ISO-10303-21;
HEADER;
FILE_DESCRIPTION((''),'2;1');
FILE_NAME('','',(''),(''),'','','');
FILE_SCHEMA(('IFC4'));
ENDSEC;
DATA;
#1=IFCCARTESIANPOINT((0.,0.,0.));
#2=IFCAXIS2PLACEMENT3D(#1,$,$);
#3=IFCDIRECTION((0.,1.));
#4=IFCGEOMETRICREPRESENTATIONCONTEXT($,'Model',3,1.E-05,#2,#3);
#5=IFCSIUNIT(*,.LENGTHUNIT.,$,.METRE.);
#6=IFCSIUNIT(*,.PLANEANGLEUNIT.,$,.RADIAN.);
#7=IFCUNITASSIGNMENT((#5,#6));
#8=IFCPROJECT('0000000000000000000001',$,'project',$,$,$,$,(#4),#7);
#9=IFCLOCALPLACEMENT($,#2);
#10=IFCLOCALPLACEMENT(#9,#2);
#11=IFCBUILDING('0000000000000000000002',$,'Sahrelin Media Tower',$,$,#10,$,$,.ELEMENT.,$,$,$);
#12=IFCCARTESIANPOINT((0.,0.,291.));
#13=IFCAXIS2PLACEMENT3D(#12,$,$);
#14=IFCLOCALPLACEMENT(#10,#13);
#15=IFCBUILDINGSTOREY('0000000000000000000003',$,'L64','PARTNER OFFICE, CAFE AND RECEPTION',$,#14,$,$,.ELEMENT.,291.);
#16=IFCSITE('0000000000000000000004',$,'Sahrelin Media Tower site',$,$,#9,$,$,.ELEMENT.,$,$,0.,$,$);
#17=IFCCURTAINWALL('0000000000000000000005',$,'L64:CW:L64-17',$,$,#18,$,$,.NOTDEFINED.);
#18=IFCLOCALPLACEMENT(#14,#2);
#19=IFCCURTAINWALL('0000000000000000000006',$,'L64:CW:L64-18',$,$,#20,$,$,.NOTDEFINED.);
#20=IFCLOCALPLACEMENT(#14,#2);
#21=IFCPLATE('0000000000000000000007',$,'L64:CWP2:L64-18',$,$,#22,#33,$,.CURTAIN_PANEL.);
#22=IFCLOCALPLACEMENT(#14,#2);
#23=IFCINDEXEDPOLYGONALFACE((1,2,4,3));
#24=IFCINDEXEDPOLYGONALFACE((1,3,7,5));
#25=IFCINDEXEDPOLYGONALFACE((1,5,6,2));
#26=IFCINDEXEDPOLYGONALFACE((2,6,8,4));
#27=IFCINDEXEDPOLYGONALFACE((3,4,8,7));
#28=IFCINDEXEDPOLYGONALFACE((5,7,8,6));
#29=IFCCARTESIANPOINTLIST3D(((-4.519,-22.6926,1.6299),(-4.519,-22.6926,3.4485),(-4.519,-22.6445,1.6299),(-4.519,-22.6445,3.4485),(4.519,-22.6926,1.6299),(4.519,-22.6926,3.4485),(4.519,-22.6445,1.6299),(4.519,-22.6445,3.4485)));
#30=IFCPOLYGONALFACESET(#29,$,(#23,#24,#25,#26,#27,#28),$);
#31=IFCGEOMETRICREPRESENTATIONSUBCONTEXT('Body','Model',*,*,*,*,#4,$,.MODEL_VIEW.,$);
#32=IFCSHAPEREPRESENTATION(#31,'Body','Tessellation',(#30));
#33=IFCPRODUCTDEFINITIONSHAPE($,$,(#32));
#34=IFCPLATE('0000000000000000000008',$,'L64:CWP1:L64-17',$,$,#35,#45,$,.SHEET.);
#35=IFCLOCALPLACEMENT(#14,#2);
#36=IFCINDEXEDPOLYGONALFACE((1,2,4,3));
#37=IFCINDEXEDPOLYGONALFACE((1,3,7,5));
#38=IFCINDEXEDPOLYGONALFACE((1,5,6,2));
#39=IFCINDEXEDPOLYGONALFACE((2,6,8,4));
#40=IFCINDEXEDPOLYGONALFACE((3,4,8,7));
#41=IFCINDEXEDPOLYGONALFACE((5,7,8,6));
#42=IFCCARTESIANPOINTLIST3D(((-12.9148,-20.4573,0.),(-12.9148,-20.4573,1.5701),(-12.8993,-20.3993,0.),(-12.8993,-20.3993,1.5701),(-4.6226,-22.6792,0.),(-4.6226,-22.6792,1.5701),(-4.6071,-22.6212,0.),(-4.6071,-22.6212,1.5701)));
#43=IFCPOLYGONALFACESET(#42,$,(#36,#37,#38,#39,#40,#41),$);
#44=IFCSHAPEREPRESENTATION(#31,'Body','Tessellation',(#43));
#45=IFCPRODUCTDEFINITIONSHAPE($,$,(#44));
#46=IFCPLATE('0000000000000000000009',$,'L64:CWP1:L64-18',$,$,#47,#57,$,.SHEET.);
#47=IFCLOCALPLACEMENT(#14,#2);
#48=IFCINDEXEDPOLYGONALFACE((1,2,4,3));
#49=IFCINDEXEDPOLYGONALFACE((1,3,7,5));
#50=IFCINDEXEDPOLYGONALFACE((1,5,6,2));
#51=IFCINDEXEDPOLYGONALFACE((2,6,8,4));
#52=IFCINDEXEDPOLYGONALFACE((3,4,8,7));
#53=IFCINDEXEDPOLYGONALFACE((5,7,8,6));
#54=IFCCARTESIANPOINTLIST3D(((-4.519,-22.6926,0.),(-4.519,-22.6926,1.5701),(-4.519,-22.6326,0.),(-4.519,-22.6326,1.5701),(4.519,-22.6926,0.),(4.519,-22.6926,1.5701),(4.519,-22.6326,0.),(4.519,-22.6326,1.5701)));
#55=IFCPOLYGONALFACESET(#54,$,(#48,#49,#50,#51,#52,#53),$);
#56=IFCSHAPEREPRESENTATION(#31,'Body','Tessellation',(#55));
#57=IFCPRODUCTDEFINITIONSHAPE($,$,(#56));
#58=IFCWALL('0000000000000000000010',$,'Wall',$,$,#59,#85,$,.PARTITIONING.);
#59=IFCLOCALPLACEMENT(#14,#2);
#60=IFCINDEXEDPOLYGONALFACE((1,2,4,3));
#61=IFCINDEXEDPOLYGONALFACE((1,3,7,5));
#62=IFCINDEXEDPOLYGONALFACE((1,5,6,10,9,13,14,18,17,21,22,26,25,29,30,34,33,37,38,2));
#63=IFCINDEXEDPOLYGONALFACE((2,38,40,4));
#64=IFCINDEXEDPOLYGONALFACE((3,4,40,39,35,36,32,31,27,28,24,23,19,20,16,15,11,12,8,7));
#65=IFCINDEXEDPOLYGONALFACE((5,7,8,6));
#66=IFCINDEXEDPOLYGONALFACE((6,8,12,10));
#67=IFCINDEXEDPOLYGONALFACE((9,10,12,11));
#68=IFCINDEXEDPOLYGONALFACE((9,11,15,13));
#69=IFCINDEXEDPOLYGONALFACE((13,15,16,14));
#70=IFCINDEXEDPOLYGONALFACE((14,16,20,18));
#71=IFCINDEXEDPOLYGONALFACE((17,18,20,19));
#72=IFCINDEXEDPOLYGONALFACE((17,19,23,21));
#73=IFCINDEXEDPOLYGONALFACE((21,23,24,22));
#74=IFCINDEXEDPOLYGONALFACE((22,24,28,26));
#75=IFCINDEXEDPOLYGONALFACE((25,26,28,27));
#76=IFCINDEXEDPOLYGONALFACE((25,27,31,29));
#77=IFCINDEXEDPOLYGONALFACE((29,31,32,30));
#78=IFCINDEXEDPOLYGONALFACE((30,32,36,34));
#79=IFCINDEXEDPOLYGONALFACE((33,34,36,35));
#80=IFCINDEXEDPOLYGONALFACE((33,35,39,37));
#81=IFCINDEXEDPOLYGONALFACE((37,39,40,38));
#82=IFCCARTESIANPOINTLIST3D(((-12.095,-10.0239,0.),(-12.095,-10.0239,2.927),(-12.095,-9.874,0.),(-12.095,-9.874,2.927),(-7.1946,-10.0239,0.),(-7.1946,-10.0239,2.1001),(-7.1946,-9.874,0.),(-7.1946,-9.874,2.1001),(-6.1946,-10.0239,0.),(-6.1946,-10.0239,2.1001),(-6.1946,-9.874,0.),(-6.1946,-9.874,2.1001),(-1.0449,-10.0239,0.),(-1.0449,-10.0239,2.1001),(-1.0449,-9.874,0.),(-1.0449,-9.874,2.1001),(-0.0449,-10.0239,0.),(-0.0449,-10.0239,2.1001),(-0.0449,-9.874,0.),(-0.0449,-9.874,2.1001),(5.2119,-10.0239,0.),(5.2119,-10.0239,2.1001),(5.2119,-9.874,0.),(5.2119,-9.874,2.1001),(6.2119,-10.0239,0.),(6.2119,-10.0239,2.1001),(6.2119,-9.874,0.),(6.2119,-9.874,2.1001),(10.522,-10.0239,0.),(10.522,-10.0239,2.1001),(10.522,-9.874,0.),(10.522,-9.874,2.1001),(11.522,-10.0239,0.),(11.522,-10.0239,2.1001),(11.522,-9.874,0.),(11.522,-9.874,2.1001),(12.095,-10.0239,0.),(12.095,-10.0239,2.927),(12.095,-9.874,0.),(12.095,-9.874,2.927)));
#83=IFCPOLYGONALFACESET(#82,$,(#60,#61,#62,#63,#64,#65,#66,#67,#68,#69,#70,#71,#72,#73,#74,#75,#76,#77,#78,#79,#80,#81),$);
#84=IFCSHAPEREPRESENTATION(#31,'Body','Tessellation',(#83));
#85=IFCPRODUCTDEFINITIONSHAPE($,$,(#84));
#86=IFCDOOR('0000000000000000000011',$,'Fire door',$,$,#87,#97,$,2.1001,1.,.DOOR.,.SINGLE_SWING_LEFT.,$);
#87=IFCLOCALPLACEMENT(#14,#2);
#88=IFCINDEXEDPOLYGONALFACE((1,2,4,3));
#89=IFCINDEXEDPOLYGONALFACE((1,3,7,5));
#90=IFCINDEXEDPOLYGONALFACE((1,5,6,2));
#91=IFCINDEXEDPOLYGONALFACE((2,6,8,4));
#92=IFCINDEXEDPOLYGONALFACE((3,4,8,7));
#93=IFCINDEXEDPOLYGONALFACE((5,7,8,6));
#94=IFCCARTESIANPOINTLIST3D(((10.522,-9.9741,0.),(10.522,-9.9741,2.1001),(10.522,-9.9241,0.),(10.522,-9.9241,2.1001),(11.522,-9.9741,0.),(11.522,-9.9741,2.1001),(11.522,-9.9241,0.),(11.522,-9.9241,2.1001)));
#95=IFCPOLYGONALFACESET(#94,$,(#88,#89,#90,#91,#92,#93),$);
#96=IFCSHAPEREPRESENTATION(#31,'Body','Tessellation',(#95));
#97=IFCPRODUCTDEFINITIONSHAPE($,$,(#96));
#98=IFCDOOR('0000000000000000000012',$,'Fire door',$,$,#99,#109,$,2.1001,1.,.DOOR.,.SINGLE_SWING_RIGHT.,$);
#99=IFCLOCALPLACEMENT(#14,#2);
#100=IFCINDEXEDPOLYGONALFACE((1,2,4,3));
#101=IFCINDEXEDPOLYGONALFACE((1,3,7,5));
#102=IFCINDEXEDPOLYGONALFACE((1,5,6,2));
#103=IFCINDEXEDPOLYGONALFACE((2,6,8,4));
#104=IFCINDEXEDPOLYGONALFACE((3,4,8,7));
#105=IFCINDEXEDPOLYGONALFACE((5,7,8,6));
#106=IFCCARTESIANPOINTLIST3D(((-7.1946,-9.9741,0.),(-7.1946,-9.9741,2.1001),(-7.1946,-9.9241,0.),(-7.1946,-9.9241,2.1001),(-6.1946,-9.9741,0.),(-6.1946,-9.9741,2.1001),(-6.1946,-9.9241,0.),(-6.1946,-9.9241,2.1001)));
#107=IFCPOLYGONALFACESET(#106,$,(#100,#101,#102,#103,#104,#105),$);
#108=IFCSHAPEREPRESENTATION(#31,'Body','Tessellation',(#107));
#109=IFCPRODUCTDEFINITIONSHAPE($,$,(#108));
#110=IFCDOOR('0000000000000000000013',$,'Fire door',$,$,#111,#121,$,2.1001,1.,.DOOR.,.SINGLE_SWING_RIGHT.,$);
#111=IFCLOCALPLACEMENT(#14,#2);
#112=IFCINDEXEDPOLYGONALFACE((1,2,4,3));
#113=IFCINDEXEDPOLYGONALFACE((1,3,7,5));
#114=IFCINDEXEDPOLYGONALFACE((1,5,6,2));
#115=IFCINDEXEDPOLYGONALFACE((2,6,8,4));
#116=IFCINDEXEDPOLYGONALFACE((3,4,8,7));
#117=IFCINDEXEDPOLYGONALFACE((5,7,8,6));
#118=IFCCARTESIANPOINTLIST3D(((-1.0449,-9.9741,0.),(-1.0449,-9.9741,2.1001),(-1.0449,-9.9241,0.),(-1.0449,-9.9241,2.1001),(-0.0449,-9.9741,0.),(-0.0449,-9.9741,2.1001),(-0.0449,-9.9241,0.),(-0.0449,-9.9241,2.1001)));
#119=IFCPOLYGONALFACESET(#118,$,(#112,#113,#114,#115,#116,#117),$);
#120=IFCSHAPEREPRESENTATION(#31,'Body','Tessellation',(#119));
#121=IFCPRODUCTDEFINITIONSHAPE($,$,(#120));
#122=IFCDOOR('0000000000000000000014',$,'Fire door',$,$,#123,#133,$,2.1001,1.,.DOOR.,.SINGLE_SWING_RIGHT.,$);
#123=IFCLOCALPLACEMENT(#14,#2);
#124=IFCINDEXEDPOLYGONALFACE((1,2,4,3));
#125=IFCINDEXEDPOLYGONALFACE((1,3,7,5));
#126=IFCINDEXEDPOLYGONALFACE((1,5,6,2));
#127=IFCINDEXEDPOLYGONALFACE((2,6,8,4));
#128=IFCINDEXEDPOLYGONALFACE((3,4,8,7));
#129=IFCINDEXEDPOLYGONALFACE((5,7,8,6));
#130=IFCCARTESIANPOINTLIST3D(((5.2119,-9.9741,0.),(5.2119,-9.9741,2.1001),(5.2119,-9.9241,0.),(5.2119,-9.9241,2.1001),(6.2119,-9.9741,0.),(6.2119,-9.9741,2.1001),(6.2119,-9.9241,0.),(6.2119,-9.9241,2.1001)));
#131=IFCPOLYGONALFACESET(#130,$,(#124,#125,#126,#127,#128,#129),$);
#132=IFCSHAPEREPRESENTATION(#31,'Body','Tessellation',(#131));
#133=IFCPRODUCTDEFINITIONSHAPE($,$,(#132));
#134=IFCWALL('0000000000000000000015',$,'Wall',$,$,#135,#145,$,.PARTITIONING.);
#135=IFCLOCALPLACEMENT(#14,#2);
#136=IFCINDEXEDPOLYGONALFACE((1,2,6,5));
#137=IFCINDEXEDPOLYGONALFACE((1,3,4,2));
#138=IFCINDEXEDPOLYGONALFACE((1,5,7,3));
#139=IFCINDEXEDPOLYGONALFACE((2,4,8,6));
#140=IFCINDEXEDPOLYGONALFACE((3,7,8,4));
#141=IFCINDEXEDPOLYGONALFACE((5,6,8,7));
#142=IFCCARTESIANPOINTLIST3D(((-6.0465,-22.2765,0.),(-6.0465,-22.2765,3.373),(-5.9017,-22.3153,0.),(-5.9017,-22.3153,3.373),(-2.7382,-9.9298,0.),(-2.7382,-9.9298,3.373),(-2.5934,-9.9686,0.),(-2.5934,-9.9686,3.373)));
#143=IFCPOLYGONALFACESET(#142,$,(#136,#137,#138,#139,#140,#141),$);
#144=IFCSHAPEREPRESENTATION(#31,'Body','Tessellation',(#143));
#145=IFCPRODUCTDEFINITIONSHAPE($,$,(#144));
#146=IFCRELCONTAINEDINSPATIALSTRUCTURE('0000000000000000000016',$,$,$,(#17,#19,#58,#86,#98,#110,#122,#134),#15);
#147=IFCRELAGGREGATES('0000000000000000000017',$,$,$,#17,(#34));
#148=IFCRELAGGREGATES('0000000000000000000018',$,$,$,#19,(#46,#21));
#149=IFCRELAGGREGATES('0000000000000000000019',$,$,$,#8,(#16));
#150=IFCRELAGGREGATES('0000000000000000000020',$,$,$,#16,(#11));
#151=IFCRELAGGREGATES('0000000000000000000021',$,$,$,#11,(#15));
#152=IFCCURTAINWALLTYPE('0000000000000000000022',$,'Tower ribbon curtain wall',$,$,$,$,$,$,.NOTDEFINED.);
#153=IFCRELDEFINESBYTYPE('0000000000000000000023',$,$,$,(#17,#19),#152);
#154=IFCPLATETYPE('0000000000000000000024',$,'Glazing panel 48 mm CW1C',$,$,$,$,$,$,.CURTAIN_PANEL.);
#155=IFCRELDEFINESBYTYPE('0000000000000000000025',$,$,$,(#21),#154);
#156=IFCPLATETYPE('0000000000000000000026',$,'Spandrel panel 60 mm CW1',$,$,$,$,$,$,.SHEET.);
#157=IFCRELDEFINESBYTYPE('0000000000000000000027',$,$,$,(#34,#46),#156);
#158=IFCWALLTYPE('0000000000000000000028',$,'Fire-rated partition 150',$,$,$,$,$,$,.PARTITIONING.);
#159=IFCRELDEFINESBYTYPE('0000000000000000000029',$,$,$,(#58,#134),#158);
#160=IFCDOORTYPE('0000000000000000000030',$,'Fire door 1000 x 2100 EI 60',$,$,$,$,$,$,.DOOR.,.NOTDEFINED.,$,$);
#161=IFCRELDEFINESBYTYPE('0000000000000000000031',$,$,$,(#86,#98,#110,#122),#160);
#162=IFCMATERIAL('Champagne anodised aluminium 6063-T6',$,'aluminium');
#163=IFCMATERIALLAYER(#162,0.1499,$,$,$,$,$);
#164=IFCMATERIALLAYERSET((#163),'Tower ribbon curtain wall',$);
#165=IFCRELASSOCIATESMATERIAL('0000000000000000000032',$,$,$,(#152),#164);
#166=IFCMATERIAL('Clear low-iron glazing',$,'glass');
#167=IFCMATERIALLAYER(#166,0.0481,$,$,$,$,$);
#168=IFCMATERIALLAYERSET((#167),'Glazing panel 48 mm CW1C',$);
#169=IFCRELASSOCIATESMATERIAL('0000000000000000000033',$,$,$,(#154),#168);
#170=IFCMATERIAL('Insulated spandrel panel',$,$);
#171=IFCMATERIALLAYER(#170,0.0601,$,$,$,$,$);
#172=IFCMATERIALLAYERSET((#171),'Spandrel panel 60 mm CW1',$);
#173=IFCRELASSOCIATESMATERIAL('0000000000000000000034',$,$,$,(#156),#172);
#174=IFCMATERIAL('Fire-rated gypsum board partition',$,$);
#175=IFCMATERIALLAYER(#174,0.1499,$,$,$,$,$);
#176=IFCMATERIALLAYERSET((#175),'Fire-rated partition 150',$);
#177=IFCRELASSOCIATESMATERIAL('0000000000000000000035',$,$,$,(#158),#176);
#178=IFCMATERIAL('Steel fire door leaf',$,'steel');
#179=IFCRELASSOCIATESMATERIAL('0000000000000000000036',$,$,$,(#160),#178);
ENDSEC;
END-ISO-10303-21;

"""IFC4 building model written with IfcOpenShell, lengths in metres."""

from ifc_helpers import new_model, si_unit, direction, frame, frame_2d, origin, place, context, subcontext, project, spatial, polyline, rectangle, outline, extrude, material, layer, layer_set, type_object, element, fill, aggregate, save


model = new_model("IFC4")

# Units and contexts
model_context = context("Model", 3, precision=1e-05, world=origin(), true_north=direction((0.0, 1.0)))
body_context = subcontext(model_context, "Body", "Model", "MODEL_VIEW")
ifc_project = project(units=[si_unit("LENGTHUNIT", "METRE"), si_unit("PLANEANGLEUNIT", "RADIAN")], contexts=[model_context])

# Site, building, storey
site_placement = place(None, origin())
site = spatial("IfcSite", under=ifc_project, at=site_placement, Name="Sahrelin Media Tower site", CompositionType="ELEMENT", RefElevation=0.0)
building_placement = place(site_placement, origin())
building = spatial("IfcBuilding", under=site, at=building_placement, Name="Sahrelin Media Tower", CompositionType="ELEMENT")
storey_placement = place(building_placement, frame((0.0, 0.0, 291.0)))
storey = spatial("IfcBuildingStorey", under=building, at=storey_placement, Name="L64", Description="PARTNER OFFICE, CAFE AND RECEPTION", CompositionType="ELEMENT", Elevation=291.0)

# Curtain wall
ifc_material_1 = material(Name="Champagne anodised aluminium 6063-T6", Category="aluminium")
ifc_layer_1 = layer(ifc_material_1, 0.1499)
ifc_layer_set_1 = layer_set([ifc_layer_1], Name="Tower ribbon curtain wall")
curtain_wall_type = type_object("IfcCurtainWallType", Name="Tower ribbon curtain wall", PredefinedType="NOTDEFINED", material=ifc_layer_set_1)
curtain_wall_1_placement = place(storey_placement, frame((-8.7637, -21.5488, 0.0), z_axis=(0.0, 0.0, 1.0), x_axis=(1.0, 0.0, 0.0)))
curtain_wall_1 = element("IfcCurtainWall", 1, at=curtain_wall_1_placement, inside=storey, type_object=curtain_wall_type, Name="L64:CW:L64-17", PredefinedType="NOTDEFINED")

# Curtain wall
curtain_wall_2_placement = place(storey_placement, frame((0.0, -22.6726, 0.0), z_axis=(0.0, 0.0, 1.0), x_axis=(1.0, 0.0, 0.0)))
curtain_wall_2 = element("IfcCurtainWall", 2, at=curtain_wall_2_placement, inside=storey, type_object=curtain_wall_type, Name="L64:CW:L64-18", PredefinedType="NOTDEFINED")

# Plates
ifc_material_2 = material(Name="Clear low-iron glazing", Category="glass")
ifc_layer_2 = layer(ifc_material_2, 0.0481)
ifc_layer_set_2 = layer_set([ifc_layer_2], Name="Glazing panel 48 mm CW1C")
plate_type_1 = type_object("IfcPlateType", Name="Glazing panel 48 mm CW1C", PredefinedType="CURTAIN_PANEL", material=ifc_layer_set_2)
plate_1_placement = place(storey_placement, frame((-4.519, -22.6926, 1.6299), z_axis=(0.0, -1.0, 0.0), x_axis=(1.0, 0.0, 0.0)))
plate_1 = element("IfcPlate", 3, at=plate_1_placement, type_object=plate_type_1, Name="L64:CWP2:L64-18", PredefinedType="CURTAIN_PANEL", context=body_context, shape_type="SweptSolid", body=[
    extrude(outline(polyline([(0.0, 0.0), (9.0381, 0.0), (9.0381, 1.8186), (0.0, 1.8186), (0.0, 0.0)])), origin(), (0.0, 0.0, -1.0), 0.0481),
])
ifc_material_3 = material(Name="Insulated spandrel panel")
ifc_layer_3 = layer(ifc_material_3, 0.0601)
ifc_layer_set_3 = layer_set([ifc_layer_3], Name="Spandrel panel 60 mm CW1")
plate_type_2 = type_object("IfcPlateType", Name="Spandrel panel 60 mm CW1", PredefinedType="SHEET", material=ifc_layer_set_3)
plate_2_placement = place(storey_placement, frame((-12.9148, -20.4573, 0.0), z_axis=(-0.258822, -0.965925, 0.0), x_axis=(0.965925, -0.258822, 0.0)))
plate_2 = element("IfcPlate", 4, at=plate_2_placement, type_object=plate_type_2, Name="L64:CWP1:L64-17", PredefinedType="SHEET", context=body_context, shape_type="SweptSolid", body=[
    extrude(outline(polyline([(0.0, 0.0), (8.5847, 0.0), (8.5847, 1.5701), (0.0, 1.5701), (0.0, 0.0)])), origin(), (0.0, 0.0, -1.0), 0.0601),
])
aggregate(curtain_wall_1, [plate_2])
plate_3_placement = place(storey_placement, frame((-4.519, -22.6926, 0.0), z_axis=(0.0, -1.0, 0.0), x_axis=(1.0, 0.0, 0.0)))
plate_3 = element("IfcPlate", 5, at=plate_3_placement, type_object=plate_type_2, Name="L64:CWP1:L64-18", PredefinedType="SHEET", context=body_context, shape_type="SweptSolid", body=[
    extrude(outline(polyline([(0.0, 0.0), (9.0381, 0.0), (9.0381, 1.5701), (0.0, 1.5701), (0.0, 0.0)])), origin(), (0.0, 0.0, -1.0), 0.0601),
])
aggregate(curtain_wall_2, [plate_3, plate_1])

# Wall, openings, doors
ifc_material_4 = material(Name="Fire-rated gypsum board partition")
ifc_layer_4 = layer(ifc_material_4, 0.1499)
ifc_layer_set_4 = layer_set([ifc_layer_4], Name="Fire-rated partition 150")
wall_type_1 = type_object("IfcWallType", Name="Fire-rated partition 150", PredefinedType="PARTITIONING", material=ifc_layer_set_4)
wall_1_placement = place(storey_placement, frame((-12.095, -9.949, 0.0), z_axis=(0.0, 0.0, 1.0), x_axis=(1.0, 0.0, 0.0)))
wall_1 = element("IfcWall", 6, at=wall_1_placement, inside=storey, type_object=wall_type_1, Name="Wall", PredefinedType="PARTITIONING", context=body_context, shape_type="SweptSolid", body=[
    extrude(rectangle(XDim=24.1899, YDim=0.1499, at=frame_2d((12.095, 0.0))), origin(), (0.0, 0.0, 1.0), 2.927),
])
opening_1_placement = place(wall_1_placement, frame((22.6169, 0.0, 0.0)))
opening_1 = element("IfcOpeningElement", 7, at=opening_1_placement, cuts=wall_1, PredefinedType="OPENING", context=body_context, shape_type="SweptSolid", body=[
    extrude(rectangle(XDim=1.0, YDim=2.1001, at=frame_2d((0.5, 1.05))), frame((0.0, 0.075, 0.0), z_axis=(0.0, -1.0, 0.0), x_axis=(1.0, 0.0, 0.0)), (0.0, 0.0, 1.0), 0.1499),
])
opening_2_placement = place(wall_1_placement, frame((4.9004, 0.0, 0.0)))
opening_2 = element("IfcOpeningElement", 8, at=opening_2_placement, cuts=wall_1, PredefinedType="OPENING", context=body_context, shape_type="SweptSolid", body=[
    extrude(rectangle(XDim=1.0, YDim=2.1001, at=frame_2d((0.5, 1.05))), frame((0.0, 0.075, 0.0), z_axis=(0.0, -1.0, 0.0), x_axis=(1.0, 0.0, 0.0)), (0.0, 0.0, 1.0), 0.1499),
])
opening_3_placement = place(wall_1_placement, frame((11.05, 0.0, 0.0)))
opening_3 = element("IfcOpeningElement", 9, at=opening_3_placement, cuts=wall_1, PredefinedType="OPENING", context=body_context, shape_type="SweptSolid", body=[
    extrude(rectangle(XDim=1.0, YDim=2.1001, at=frame_2d((0.5, 1.05))), frame((0.0, 0.075, 0.0), z_axis=(0.0, -1.0, 0.0), x_axis=(1.0, 0.0, 0.0)), (0.0, 0.0, 1.0), 0.1499),
])
opening_4_placement = place(wall_1_placement, frame((17.3069, 0.0, 0.0)))
opening_4 = element("IfcOpeningElement", 10, at=opening_4_placement, cuts=wall_1, PredefinedType="OPENING", context=body_context, shape_type="SweptSolid", body=[
    extrude(rectangle(XDim=1.0, YDim=2.1001, at=frame_2d((0.5, 1.05))), frame((0.0, 0.075, 0.0), z_axis=(0.0, -1.0, 0.0), x_axis=(1.0, 0.0, 0.0)), (0.0, 0.0, 1.0), 0.1499),
])
ifc_material_5 = material(Name="Steel fire door leaf", Category="steel")
door_type_1 = type_object("IfcDoorType", Name="Fire door 1000 x 2100 EI 60", OperationType="NOTDEFINED", PredefinedType="DOOR", material=ifc_material_5)
door_1_placement = place(opening_1_placement, origin())
door_1 = element("IfcDoor", 11, at=door_1_placement, inside=storey, type_object=door_type_1, Name="Fire door", OperationType="SINGLE_SWING_LEFT", OverallHeight=2.1001, OverallWidth=1.0, PredefinedType="DOOR", context=body_context, shape_type="SweptSolid", body=[
    extrude(rectangle(XDim=1.0, YDim=2.1001, at=frame_2d((0.5, 1.05))), frame((0.0, 0.0249, 0.0), z_axis=(0.0, -1.0, 0.0), x_axis=(1.0, 0.0, 0.0)), (0.0, 0.0, 1.0), 0.05),
])
fill(opening_1, door_1)
door_2_placement = place(opening_2_placement, origin())
door_2 = element("IfcDoor", 12, at=door_2_placement, inside=storey, type_object=door_type_1, Name="Fire door", OperationType="SINGLE_SWING_RIGHT", OverallHeight=2.1001, OverallWidth=1.0, PredefinedType="DOOR", context=body_context, shape_type="SweptSolid", body=[
    extrude(rectangle(XDim=1.0, YDim=2.1001, at=frame_2d((0.5, 1.05))), frame((0.0, 0.0249, 0.0), z_axis=(0.0, -1.0, 0.0), x_axis=(1.0, 0.0, 0.0)), (0.0, 0.0, 1.0), 0.05),
])
fill(opening_2, door_2)
door_3_placement = place(opening_3_placement, origin())
door_3 = element("IfcDoor", 13, at=door_3_placement, inside=storey, type_object=door_type_1, Name="Fire door", OperationType="SINGLE_SWING_RIGHT", OverallHeight=2.1001, OverallWidth=1.0, PredefinedType="DOOR", context=body_context, shape_type="SweptSolid", body=[
    extrude(rectangle(XDim=1.0, YDim=2.1001, at=frame_2d((0.5, 1.05))), frame((0.0, 0.0249, 0.0), z_axis=(0.0, -1.0, 0.0), x_axis=(1.0, 0.0, 0.0)), (0.0, 0.0, 1.0), 0.05),
])
fill(opening_3, door_3)
door_4_placement = place(opening_4_placement, origin())
door_4 = element("IfcDoor", 14, at=door_4_placement, inside=storey, type_object=door_type_1, Name="Fire door", OperationType="SINGLE_SWING_RIGHT", OverallHeight=2.1001, OverallWidth=1.0, PredefinedType="DOOR", context=body_context, shape_type="SweptSolid", body=[
    extrude(rectangle(XDim=1.0, YDim=2.1001, at=frame_2d((0.5, 1.05))), frame((0.0, 0.0249, 0.0), z_axis=(0.0, -1.0, 0.0), x_axis=(1.0, 0.0, 0.0)), (0.0, 0.0, 1.0), 0.05),
])
fill(opening_4, door_4)

# Wall
wall_2_placement = place(storey_placement, frame((-5.9741, -22.2959, 0.0), z_axis=(0.0, 0.0, 1.0), x_axis=(0.258824, 0.965925, 0.0)))
element("IfcWall", 15, at=wall_2_placement, inside=storey, type_object=wall_type_1, Name="Wall", PredefinedType="PARTITIONING", context=body_context, shape_type="SweptSolid", body=[
    extrude(rectangle(XDim=12.7822, YDim=0.1499, at=frame_2d((6.3911, 0.0))), origin(), (0.0, 0.0, 1.0), 3.373),
])

save(model, "model.ifc")
